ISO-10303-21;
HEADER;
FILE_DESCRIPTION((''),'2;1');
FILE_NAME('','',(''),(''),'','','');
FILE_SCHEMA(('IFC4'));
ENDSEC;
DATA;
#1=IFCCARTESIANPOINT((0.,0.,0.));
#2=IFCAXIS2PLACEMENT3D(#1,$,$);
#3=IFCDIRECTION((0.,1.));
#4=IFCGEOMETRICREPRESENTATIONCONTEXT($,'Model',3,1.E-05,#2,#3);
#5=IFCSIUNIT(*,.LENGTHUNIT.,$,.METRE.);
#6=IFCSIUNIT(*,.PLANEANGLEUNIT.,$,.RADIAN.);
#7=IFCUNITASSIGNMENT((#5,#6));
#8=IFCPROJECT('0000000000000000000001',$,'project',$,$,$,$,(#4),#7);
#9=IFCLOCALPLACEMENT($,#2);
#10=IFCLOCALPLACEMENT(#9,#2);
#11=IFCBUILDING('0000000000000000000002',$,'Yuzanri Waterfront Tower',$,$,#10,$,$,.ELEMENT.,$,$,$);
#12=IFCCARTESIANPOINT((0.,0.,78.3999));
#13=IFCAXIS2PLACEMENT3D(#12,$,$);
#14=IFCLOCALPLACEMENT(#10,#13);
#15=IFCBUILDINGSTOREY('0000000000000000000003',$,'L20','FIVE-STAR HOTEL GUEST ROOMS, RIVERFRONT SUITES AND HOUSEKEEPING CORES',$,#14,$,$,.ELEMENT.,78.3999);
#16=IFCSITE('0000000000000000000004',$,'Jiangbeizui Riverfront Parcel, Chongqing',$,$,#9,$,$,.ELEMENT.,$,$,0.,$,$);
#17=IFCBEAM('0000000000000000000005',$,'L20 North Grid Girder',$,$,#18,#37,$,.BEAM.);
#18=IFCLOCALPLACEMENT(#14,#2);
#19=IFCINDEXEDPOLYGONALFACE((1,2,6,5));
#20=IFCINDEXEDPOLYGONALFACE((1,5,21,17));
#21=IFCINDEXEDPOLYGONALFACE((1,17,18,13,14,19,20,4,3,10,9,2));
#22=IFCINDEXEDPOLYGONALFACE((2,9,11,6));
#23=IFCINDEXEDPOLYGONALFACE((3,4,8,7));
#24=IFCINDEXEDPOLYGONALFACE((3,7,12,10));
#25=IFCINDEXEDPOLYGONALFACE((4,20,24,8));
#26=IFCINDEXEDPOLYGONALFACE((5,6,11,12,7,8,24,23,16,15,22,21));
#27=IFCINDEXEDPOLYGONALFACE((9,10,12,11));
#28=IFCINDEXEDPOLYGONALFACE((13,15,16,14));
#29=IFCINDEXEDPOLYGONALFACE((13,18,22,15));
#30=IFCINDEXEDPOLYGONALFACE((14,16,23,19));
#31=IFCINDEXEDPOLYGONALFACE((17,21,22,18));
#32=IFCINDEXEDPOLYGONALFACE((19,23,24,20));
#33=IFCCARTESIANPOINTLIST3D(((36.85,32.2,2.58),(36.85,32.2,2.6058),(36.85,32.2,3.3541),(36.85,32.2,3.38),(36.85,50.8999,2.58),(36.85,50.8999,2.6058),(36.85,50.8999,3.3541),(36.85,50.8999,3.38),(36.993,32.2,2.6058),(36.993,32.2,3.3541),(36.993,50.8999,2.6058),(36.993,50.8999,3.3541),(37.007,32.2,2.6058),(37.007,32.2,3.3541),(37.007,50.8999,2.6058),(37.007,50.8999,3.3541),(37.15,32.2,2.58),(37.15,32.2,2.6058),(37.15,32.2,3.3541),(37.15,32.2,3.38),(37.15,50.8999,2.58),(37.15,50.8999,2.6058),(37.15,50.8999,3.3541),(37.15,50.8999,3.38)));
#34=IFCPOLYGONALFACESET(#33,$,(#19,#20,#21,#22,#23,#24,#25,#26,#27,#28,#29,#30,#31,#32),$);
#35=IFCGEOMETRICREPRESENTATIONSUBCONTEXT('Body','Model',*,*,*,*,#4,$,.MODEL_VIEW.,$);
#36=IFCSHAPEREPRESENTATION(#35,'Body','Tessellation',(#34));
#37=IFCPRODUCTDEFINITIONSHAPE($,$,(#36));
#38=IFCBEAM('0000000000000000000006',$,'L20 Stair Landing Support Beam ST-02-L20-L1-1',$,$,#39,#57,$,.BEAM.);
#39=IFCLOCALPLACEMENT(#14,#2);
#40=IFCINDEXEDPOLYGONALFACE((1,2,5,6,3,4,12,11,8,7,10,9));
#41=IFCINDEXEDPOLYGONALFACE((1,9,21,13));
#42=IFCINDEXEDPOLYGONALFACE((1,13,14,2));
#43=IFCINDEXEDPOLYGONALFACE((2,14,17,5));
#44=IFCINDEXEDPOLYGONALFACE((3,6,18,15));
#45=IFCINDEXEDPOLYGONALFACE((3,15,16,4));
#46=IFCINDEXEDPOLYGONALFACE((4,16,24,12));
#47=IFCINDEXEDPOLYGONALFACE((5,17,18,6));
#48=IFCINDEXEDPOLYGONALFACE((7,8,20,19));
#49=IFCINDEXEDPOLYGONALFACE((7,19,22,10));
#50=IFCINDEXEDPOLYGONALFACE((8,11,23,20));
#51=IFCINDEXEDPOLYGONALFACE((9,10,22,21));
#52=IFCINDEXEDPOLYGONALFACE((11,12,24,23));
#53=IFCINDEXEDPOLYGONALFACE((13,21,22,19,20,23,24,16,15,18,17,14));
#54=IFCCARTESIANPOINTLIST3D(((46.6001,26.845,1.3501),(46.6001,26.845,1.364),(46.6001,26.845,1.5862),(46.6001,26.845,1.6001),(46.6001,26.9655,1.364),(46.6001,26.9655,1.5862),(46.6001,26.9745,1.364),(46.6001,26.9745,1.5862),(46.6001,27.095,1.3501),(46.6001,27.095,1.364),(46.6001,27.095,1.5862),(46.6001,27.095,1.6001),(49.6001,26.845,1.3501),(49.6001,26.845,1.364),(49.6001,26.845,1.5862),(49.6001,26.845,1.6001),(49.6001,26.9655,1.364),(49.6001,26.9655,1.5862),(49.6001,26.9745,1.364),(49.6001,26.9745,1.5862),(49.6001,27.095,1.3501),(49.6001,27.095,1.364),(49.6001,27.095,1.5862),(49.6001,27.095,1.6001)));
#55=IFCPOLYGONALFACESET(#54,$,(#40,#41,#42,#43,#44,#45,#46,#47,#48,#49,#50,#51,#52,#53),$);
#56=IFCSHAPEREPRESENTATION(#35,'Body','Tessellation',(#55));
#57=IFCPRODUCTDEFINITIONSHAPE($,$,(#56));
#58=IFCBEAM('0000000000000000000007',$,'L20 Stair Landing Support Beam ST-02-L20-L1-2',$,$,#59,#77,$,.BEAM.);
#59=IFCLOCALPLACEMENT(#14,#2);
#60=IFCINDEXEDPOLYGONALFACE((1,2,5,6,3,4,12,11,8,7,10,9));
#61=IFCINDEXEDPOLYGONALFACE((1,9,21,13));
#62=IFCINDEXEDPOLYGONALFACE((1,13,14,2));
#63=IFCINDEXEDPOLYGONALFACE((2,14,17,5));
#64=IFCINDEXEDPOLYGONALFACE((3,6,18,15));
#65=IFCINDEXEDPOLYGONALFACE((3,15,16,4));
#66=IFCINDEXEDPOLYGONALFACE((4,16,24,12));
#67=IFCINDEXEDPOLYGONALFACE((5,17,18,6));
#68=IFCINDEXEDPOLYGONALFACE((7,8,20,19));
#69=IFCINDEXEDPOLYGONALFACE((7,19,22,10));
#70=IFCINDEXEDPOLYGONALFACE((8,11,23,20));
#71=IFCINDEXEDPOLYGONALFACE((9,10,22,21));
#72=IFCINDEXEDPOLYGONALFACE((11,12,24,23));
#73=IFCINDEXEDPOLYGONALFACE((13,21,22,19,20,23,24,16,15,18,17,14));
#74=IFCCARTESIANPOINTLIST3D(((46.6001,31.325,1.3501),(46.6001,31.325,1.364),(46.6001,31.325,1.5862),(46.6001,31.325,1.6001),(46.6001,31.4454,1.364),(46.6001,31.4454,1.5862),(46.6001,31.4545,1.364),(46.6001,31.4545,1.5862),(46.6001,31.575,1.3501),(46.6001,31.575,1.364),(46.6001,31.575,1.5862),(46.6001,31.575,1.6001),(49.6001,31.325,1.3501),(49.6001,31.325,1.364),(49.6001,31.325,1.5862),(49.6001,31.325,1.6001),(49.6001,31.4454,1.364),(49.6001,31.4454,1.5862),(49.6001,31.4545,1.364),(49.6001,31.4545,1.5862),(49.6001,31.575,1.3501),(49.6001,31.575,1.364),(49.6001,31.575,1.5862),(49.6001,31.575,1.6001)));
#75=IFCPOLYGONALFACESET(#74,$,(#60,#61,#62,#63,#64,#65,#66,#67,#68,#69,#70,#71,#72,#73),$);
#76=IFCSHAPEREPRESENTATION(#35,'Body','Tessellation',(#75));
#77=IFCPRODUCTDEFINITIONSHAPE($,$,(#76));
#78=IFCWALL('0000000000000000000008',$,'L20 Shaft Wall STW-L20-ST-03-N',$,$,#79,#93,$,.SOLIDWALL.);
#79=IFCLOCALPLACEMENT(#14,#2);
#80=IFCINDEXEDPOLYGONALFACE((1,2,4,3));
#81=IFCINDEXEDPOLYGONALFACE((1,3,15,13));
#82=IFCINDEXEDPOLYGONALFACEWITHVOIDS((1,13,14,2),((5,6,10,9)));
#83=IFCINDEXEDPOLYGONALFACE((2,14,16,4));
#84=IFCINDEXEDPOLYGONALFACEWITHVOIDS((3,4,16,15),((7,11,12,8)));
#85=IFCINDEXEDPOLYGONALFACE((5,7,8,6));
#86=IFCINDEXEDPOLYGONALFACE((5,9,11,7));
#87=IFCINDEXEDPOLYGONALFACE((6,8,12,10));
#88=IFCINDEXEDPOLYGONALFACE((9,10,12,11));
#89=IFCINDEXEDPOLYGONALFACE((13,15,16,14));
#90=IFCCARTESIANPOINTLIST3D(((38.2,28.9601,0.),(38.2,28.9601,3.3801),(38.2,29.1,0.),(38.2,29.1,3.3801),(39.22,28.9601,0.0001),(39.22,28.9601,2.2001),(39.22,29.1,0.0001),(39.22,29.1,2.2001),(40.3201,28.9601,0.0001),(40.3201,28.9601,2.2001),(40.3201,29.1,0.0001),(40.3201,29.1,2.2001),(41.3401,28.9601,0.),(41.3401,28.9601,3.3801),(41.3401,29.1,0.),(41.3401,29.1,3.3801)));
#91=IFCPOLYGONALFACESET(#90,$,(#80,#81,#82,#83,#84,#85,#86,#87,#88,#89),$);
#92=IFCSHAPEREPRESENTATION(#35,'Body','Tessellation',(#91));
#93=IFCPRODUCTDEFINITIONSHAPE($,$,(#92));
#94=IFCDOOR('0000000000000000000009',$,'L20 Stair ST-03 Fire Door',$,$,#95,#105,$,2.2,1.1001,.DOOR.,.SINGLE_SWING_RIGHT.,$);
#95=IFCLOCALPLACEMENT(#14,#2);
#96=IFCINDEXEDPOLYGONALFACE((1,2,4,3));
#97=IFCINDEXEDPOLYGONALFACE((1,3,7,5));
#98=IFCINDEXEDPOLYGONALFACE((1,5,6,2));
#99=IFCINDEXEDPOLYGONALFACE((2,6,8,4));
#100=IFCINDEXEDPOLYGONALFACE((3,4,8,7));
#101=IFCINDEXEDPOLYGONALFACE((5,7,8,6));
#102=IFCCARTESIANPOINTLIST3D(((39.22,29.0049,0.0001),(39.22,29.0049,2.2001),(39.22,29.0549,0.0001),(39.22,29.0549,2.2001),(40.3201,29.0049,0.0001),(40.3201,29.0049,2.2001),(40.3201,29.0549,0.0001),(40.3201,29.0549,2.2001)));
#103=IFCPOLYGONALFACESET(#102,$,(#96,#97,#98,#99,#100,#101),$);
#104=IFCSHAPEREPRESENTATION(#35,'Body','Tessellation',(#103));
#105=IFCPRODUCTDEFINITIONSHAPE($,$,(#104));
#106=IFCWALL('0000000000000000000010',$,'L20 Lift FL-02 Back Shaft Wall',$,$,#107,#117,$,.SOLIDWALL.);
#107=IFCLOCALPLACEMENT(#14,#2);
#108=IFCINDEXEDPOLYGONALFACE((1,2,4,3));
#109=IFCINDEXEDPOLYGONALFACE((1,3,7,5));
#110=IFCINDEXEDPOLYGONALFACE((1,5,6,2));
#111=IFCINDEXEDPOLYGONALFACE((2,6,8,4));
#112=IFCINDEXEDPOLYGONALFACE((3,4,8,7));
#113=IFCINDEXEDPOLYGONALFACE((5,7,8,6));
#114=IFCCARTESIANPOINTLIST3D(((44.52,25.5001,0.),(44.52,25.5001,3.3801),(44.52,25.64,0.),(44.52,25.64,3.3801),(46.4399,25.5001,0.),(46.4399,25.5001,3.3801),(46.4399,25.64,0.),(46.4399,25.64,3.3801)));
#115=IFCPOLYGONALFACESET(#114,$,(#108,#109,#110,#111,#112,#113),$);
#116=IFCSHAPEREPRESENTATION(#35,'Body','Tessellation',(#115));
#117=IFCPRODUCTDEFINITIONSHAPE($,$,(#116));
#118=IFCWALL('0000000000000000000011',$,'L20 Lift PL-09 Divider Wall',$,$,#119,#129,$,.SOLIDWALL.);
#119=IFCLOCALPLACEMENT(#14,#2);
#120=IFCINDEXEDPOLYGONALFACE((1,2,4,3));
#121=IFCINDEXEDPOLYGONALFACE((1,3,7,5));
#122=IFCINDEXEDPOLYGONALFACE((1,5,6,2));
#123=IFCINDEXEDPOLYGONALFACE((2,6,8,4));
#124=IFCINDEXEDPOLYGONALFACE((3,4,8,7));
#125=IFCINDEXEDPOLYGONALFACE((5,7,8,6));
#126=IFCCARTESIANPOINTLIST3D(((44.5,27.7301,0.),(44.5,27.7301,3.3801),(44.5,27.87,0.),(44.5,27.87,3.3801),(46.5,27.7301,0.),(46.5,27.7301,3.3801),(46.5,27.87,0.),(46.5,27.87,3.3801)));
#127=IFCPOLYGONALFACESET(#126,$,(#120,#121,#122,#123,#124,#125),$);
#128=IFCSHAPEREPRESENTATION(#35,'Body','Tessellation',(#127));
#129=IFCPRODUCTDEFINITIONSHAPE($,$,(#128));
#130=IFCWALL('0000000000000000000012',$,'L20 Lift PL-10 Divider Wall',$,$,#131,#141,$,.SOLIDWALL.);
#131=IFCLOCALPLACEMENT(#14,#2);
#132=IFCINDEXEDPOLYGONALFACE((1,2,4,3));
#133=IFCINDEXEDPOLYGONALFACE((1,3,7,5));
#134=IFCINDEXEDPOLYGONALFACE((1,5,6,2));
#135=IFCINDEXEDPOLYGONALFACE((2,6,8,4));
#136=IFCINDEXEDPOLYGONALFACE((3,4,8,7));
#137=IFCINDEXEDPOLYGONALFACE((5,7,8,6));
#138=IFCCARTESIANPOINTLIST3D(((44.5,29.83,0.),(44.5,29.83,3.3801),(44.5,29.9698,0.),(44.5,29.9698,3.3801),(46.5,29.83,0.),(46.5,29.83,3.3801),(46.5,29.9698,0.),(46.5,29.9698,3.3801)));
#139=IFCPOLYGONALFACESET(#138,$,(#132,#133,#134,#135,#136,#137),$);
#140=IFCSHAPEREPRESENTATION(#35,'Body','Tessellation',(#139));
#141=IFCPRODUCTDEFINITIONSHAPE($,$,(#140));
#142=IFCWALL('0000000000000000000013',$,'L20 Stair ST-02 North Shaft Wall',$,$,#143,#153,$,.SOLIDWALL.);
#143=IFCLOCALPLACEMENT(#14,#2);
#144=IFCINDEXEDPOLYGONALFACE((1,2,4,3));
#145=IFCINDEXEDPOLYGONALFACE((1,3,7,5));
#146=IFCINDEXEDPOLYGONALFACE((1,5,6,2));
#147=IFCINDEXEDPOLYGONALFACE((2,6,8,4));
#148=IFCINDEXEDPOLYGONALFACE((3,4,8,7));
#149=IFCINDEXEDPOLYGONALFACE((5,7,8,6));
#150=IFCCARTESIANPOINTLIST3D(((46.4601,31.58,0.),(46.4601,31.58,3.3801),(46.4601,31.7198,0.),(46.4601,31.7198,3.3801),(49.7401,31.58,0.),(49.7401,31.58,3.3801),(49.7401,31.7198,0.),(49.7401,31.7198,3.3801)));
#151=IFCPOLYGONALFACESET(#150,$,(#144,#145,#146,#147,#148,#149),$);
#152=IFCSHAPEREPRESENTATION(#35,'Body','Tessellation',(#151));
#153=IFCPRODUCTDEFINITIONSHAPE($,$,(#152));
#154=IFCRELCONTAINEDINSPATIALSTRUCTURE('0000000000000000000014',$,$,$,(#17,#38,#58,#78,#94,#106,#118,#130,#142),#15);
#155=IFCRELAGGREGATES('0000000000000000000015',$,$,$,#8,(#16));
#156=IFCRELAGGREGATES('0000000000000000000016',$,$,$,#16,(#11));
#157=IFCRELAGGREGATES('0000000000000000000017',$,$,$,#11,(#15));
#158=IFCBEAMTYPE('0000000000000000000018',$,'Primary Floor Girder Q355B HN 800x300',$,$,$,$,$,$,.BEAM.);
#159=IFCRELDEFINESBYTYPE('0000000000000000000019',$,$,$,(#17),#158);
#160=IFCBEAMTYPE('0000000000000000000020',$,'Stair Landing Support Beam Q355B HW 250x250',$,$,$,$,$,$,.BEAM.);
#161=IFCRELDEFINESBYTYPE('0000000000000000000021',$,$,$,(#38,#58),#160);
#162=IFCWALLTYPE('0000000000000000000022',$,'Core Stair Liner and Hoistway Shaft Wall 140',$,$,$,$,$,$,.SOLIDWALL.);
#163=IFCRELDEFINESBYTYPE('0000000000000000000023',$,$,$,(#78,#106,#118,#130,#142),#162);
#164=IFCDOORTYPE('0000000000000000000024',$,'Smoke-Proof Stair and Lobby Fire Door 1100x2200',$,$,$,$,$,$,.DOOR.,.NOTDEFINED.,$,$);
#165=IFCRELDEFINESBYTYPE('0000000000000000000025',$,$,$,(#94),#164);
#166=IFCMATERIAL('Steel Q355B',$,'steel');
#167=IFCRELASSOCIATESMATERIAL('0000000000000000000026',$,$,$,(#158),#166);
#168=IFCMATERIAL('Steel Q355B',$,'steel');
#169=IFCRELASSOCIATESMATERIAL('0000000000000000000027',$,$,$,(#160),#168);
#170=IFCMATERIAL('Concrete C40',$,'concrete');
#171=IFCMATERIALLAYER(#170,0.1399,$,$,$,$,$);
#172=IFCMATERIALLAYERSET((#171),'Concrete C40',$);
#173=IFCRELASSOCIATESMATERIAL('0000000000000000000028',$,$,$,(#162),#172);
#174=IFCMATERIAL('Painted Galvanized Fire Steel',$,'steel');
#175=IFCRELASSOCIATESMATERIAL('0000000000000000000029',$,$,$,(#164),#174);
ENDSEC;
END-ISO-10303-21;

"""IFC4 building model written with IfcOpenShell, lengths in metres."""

from ifc_helpers import new_model, si_unit, direction, frame, frame_2d, origin, origin_2d, place, context, subcontext, project, spatial, rectangle, i_section, extrude, source, transform, mapped, material, layer, layer_set, material_profile, profile_set, type_object, element, fill, save


model = new_model("IFC4")

# Units and contexts
model_context = context("Model", 3, precision=1e-05, world=origin(), true_north=direction((0.0, 1.0)))
body_context = subcontext(model_context, "Body", "Model", "MODEL_VIEW")
ifc_project = project(units=[si_unit("LENGTHUNIT", "METRE"), si_unit("PLANEANGLEUNIT", "RADIAN")], contexts=[model_context])

# Site, building, storey
site_placement = place(None, origin())
site = spatial("IfcSite", under=ifc_project, at=site_placement, Name="Jiangbeizui Riverfront Parcel, Chongqing", CompositionType="ELEMENT", RefElevation=0.0)
building_placement = place(site_placement, origin())
building = spatial("IfcBuilding", under=site, at=building_placement, Name="Yuzanri Waterfront Tower", CompositionType="ELEMENT")
storey_placement = place(building_placement, frame((0.0, 0.0, 78.3999)))
storey = spatial("IfcBuildingStorey", under=building, at=storey_placement, Name="L20", Description="FIVE-STAR HOTEL GUEST ROOMS, RIVERFRONT SUITES AND HOUSEKEEPING CORES", CompositionType="ELEMENT", Elevation=78.3999)

# Beams
ifc_material_1 = material(Name="Steel Q355B", Category="steel")
ifc_material_profile_1 = material_profile(ifc_material_1, i_section(OverallWidth=0.3, OverallDepth=0.8, WebThickness=0.0139, FlangeThickness=0.0259, at=origin_2d()), Name="HN 800x300x14x26")
ifc_profile_set_1 = profile_set([ifc_material_profile_1], Name="Steel Q355B")
beam_type_1 = type_object("IfcBeamType", Name="Primary Floor Girder Q355B HN 800x300", PredefinedType="BEAM", material=ifc_profile_set_1)
shared_shape_1 = source(origin(), body_context, "Body", "SweptSolid", [
    extrude(i_section(OverallWidth=0.3, OverallDepth=0.8, WebThickness=0.0139, FlangeThickness=0.0259, at=origin_2d()), origin(), (0.0, 0.0, 1.0), 18.7),
])
beam_placement = place(storey_placement, frame((37.0, 32.2, 2.98), z_axis=(0.0, 1.0, 0.0), x_axis=(-1.0, 0.0, 0.0)))
element("IfcBeam", 1, at=beam_placement, inside=storey, type_object=beam_type_1, Name="L20 North Grid Girder", PredefinedType="BEAM", context=body_context, shape_type="MappedRepresentation", body=[
    mapped(shared_shape_1, transform((0.0, 0.0, 0.0), scale=1.0)),
])
ifc_material_2 = material(Name="Steel Q355B", Category="steel")
ifc_material_profile_2 = material_profile(ifc_material_2, i_section(OverallWidth=0.25, OverallDepth=0.25, WebThickness=0.009, FlangeThickness=0.0139, at=origin_2d()), Name="HW 250x250x9x14")
ifc_profile_set_2 = profile_set([ifc_material_profile_2], Name="Steel Q355B")
beam_type_2 = type_object("IfcBeamType", Name="Stair Landing Support Beam Q355B HW 250x250", PredefinedType="BEAM", material=ifc_profile_set_2)
shared_shape_2 = source(origin(), body_context, "Body", "SweptSolid", [
    extrude(i_section(OverallWidth=0.25, OverallDepth=0.25, WebThickness=0.009, FlangeThickness=0.0139, at=origin_2d()), origin(), (0.0, 0.0, 1.0), 3.0),
])
for number, where, z_axis, x_axis, name in (
    (2, (46.6001, 26.97, 1.4751), (1.0, 0.0, 0.0), (0.0, 1.0, 0.0), "L20 Stair Landing Support Beam ST-02-L20-L1-1"),
    (3, (46.6001, 31.45, 1.4751), (1.0, 0.0, 0.0), (0.0, 1.0, 0.0), "L20 Stair Landing Support Beam ST-02-L20-L1-2"),
):
    element("IfcBeam", number, at=place(storey_placement, frame(where, z_axis=z_axis, x_axis=x_axis)), inside=storey, type_object=beam_type_2, Name=name, PredefinedType="BEAM", context=body_context, shape_type="MappedRepresentation", body=[
        mapped(shared_shape_2, transform((0.0, 0.0, 0.0), scale=1.0)),
    ])

# Wall, opening, door
ifc_material_3 = material(Name="Concrete C40", Category="concrete")
ifc_layer_1 = layer(ifc_material_3, 0.1399)
ifc_layer_set_1 = layer_set([ifc_layer_1], Name="Concrete C40")
wall_type = type_object("IfcWallType", Name="Core Stair Liner and Hoistway Shaft Wall 140", PredefinedType="SOLIDWALL", material=ifc_layer_set_1)
wall_1_placement = place(storey_placement, frame((38.2, 29.03, 0.0), z_axis=(0.0, 0.0, 1.0), x_axis=(1.0, 0.0, 0.0)))
wall_1 = element("IfcWall", 4, at=wall_1_placement, inside=storey, type_object=wall_type, Name="L20 Shaft Wall STW-L20-ST-03-N", PredefinedType="SOLIDWALL", context=body_context, shape_type="SweptSolid", body=[
    extrude(rectangle(XDim=3.1401, YDim=0.1399, at=frame_2d((1.5701, 0.0))), origin(), (0.0, 0.0, 1.0), 3.3801),
])
opening_placement = place(wall_1_placement, frame((1.02, 0.0, 0.0)))
opening = element("IfcOpeningElement", 5, at=opening_placement, cuts=wall_1, PredefinedType="OPENING", context=body_context, shape_type="SweptSolid", body=[
    extrude(rectangle(XDim=1.1001, YDim=2.2, at=frame_2d((0.55, 1.1001))), frame((0.0, 0.085, 0.0), z_axis=(0.0, -1.0, 0.0), x_axis=(1.0, 0.0, 0.0)), (0.0, 0.0, 1.0), 0.1697),
])
ifc_material_4 = material(Name="Painted Galvanized Fire Steel", Category="steel")
door_type = type_object("IfcDoorType", Name="Smoke-Proof Stair and Lobby Fire Door 1100x2200", OperationType="NOTDEFINED", PredefinedType="DOOR", material=ifc_material_4)
shared_shape_3 = source(origin(), body_context, "Body", "SweptSolid", [
    extrude(rectangle(XDim=1.1001, YDim=2.2, at=frame_2d((0.55, 1.1001))), frame((0.0, 0.0249, 0.0), z_axis=(0.0, -1.0, 0.0), x_axis=(1.0, 0.0, 0.0)), (0.0, 0.0, 1.0), 0.05),
])
door_placement = place(opening_placement, origin())
door = element("IfcDoor", 6, at=door_placement, inside=storey, type_object=door_type, Name="L20 Stair ST-03 Fire Door", OperationType="SINGLE_SWING_RIGHT", OverallHeight=2.2, OverallWidth=1.1001, PredefinedType="DOOR", context=body_context, shape_type="MappedRepresentation", body=[
    mapped(shared_shape_3, transform((0.0, 0.0, 0.0), scale=1.0)),
])
fill(opening, door)

# Walls
shared_shape_4 = source(origin(), body_context, "Body", "SweptSolid", [
    extrude(rectangle(XDim=1.9199, YDim=0.1399, at=frame_2d((0.96, 0.0))), origin(), (0.0, 0.0, 1.0), 3.3801),
])
wall_2_placement = place(storey_placement, frame((44.52, 25.5701, 0.0), z_axis=(0.0, 0.0, 1.0), x_axis=(1.0, 0.0, 0.0)))
element("IfcWall", 7, at=wall_2_placement, inside=storey, type_object=wall_type, Name="L20 Lift FL-02 Back Shaft Wall", PredefinedType="SOLIDWALL", context=body_context, shape_type="MappedRepresentation", body=[
    mapped(shared_shape_4, transform((0.0, 0.0, 0.0), scale=1.0)),
])
shared_shape_5 = source(origin(), body_context, "Body", "SweptSolid", [
    extrude(rectangle(XDim=2.0, YDim=0.1399, at=frame_2d((1.0, 0.0))), origin(), (0.0, 0.0, 1.0), 3.3801),
])
for number, where, z_axis, x_axis, name in (
    (8, (44.5, 27.8, 0.0), (0.0, 0.0, 1.0), (1.0, 0.0, 0.0), "L20 Lift PL-09 Divider Wall"),
    (9, (44.5, 29.8999, 0.0), (0.0, 0.0, 1.0), (1.0, 0.0, 0.0), "L20 Lift PL-10 Divider Wall"),
):
    element("IfcWall", number, at=place(storey_placement, frame(where, z_axis=z_axis, x_axis=x_axis)), inside=storey, type_object=wall_type, Name=name, PredefinedType="SOLIDWALL", context=body_context, shape_type="MappedRepresentation", body=[
        mapped(shared_shape_5, transform((0.0, 0.0, 0.0), scale=1.0)),
    ])
shared_shape_6 = source(origin(), body_context, "Body", "SweptSolid", [
    extrude(rectangle(XDim=3.28, YDim=0.1399, at=frame_2d((1.6401, 0.0))), origin(), (0.0, 0.0, 1.0), 3.3801),
])
wall_3_placement = place(storey_placement, frame((46.46, 31.6499, 0.0), z_axis=(0.0, 0.0, 1.0), x_axis=(1.0, 0.0, 0.0)))
element("IfcWall", 10, at=wall_3_placement, inside=storey, type_object=wall_type, Name="L20 Stair ST-02 North Shaft Wall", PredefinedType="SOLIDWALL", context=body_context, shape_type="MappedRepresentation", body=[
    mapped(shared_shape_6, transform((0.0, 0.0, 0.0), scale=1.0)),
])

save(model, "model.ifc")
